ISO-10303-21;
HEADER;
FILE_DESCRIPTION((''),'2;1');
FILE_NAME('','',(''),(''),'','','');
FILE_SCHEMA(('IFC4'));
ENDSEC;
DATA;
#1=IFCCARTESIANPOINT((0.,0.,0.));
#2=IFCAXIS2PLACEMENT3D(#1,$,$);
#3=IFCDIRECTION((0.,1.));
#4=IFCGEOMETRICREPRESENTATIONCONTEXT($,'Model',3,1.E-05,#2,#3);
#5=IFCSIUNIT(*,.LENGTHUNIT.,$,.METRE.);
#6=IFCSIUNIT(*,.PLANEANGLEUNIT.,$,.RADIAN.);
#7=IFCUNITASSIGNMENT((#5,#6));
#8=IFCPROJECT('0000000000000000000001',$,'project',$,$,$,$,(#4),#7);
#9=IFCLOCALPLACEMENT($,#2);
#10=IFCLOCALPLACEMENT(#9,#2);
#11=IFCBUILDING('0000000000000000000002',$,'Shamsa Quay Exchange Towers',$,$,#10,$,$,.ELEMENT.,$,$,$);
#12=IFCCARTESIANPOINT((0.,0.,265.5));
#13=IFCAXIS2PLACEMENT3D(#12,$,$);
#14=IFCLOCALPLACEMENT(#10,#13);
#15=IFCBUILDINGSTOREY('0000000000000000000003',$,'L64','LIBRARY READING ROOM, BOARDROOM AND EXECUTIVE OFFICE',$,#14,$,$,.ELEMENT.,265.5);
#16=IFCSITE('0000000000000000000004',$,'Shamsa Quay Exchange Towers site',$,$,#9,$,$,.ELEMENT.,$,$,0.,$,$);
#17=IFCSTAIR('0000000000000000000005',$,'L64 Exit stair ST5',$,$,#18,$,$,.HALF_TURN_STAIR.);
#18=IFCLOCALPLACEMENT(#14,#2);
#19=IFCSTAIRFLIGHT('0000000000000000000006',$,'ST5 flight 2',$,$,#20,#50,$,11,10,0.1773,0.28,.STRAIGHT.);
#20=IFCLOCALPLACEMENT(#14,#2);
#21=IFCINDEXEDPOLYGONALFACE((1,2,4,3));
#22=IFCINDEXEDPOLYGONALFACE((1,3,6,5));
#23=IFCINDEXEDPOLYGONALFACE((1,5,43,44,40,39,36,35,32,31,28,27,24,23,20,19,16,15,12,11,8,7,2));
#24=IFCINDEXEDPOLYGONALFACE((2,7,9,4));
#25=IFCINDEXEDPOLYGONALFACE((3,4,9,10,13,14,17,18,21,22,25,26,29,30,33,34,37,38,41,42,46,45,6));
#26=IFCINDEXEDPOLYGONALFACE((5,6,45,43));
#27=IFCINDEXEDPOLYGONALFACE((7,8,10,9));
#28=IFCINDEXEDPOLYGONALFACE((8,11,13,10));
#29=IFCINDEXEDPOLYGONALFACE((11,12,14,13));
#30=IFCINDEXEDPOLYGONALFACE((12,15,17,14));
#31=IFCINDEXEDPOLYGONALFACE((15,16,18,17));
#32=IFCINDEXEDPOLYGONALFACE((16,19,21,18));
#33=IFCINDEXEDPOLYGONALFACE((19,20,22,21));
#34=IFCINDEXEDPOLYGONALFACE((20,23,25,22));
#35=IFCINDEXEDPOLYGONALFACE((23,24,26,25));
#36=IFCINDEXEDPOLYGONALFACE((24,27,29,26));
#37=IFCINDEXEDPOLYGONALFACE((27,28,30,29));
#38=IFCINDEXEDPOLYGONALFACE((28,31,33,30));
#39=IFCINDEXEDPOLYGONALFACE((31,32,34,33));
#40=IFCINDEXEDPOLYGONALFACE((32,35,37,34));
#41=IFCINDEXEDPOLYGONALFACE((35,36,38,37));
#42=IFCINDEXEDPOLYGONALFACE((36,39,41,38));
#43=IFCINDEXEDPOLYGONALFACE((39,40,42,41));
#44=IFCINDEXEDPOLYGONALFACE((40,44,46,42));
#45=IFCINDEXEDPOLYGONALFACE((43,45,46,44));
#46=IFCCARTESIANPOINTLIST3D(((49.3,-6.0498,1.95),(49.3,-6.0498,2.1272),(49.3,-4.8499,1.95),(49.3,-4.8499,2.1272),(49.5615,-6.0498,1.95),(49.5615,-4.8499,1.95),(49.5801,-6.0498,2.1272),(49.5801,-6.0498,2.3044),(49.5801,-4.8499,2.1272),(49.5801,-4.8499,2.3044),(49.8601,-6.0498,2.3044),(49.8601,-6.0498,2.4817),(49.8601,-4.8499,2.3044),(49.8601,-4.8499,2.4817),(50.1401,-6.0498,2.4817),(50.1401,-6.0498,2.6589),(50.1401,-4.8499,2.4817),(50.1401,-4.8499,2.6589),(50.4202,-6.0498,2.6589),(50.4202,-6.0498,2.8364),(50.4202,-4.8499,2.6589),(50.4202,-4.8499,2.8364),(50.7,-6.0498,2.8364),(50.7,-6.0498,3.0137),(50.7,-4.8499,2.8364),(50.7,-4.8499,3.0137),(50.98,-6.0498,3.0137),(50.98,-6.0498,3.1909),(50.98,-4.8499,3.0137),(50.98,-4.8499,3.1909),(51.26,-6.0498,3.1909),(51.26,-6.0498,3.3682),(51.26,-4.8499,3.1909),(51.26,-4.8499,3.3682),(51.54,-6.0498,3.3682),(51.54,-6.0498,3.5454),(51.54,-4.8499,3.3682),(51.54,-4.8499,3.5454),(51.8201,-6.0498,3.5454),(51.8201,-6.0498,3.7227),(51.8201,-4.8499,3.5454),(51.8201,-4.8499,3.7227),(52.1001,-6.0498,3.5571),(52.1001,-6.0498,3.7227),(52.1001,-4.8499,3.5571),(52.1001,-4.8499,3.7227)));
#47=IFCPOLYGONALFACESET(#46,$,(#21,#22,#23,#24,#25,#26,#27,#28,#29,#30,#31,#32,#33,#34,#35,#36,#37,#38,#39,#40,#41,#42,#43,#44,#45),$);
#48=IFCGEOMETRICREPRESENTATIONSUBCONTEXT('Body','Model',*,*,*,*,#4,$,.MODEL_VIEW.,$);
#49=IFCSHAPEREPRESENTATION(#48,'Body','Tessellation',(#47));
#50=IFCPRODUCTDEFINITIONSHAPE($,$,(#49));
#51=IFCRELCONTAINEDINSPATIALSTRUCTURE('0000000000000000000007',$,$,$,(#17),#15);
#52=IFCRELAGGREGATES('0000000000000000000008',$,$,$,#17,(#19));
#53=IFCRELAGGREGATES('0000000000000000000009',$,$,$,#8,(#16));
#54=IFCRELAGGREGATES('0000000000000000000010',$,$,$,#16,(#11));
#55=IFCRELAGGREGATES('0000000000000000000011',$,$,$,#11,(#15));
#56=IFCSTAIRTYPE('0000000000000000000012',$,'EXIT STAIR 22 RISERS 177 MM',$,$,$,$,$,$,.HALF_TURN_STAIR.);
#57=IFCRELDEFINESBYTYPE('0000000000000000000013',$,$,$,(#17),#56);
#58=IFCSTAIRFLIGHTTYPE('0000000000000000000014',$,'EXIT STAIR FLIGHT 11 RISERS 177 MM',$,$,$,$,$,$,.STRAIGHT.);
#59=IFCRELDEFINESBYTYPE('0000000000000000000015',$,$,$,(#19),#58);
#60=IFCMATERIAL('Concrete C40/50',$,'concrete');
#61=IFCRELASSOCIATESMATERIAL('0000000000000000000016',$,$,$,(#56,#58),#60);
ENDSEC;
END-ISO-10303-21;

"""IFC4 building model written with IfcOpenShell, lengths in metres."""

from ifc_helpers import new_model, si_unit, direction, frame, origin, place, context, subcontext, project, spatial, polyline, outline, extrude, material, type_object, element, aggregate, save


model = new_model("IFC4")

# Units and contexts
model_context = context("Model", 3, precision=1e-05, world=origin(), true_north=direction((0.0, 1.0)))
body_context = subcontext(model_context, "Body", "Model", "MODEL_VIEW")
ifc_project = project(units=[si_unit("LENGTHUNIT", "METRE"), si_unit("PLANEANGLEUNIT", "RADIAN")], contexts=[model_context])

# Site, building, storey
site_placement = place(None, origin())
site = spatial("IfcSite", under=ifc_project, at=site_placement, Name="Shamsa Quay Exchange Towers site", CompositionType="ELEMENT", RefElevation=0.0)
building_placement = place(site_placement, origin())
building = spatial("IfcBuilding", under=site, at=building_placement, Name="Shamsa Quay Exchange Towers", CompositionType="ELEMENT")
storey_placement = place(building_placement, frame((0.0, 0.0, 265.5)))
storey = spatial("IfcBuildingStorey", under=building, at=storey_placement, Name="L64", Description="LIBRARY READING ROOM, BOARDROOM AND EXECUTIVE OFFICE", CompositionType="ELEMENT", Elevation=265.5)

# Stair, stair flight
ifc_material_1 = material(Name="Concrete C40/50", Category="concrete")
stair_type = type_object("IfcStairType", Name="EXIT STAIR 22 RISERS 177 MM", PredefinedType="HALF_TURN_STAIR", material=ifc_material_1)
stair_placement = place(storey_placement, origin())
stair = element("IfcStair", 1, at=stair_placement, inside=storey, type_object=stair_type, Name="L64 Exit stair ST5", PredefinedType="HALF_TURN_STAIR")
stair_flight_type = type_object("IfcStairFlightType", Name="EXIT STAIR FLIGHT 11 RISERS 177 MM", PredefinedType="STRAIGHT", material=ifc_material_1)
stair_flight_1_placement = place(storey_placement, frame((49.3, -5.45, 1.95)))
stair_flight_1 = element("IfcStairFlight", 2, at=stair_flight_1_placement, type_object=stair_flight_type, Name="ST5 flight 2", NumberOfRisers=11, NumberOfTreads=10, PredefinedType="STRAIGHT", RiserHeight=0.1773, TreadLength=0.28, context=body_context, shape_type="SweptSolid", body=[
    extrude(outline(polyline([(0.0, 0.0), (0.0, 0.1772), (0.28, 0.1772), (0.28, 0.3545), (0.5601, 0.3545), (0.5601, 0.5317), (0.8401, 0.5317), (0.8401, 0.709), (1.1201, 0.709), (1.1201, 0.8865), (1.3999, 0.8865), (1.3999, 1.0637), (1.6799, 1.0637), (1.6799, 1.241), (1.96, 1.241), (1.96, 1.4182), (2.24, 1.4182), (2.24, 1.5955), (2.52, 1.5955), (2.52, 1.7727), (2.8, 1.7727), (2.8, 1.95), (2.8, 1.6072), (0.2615, 0.0), (0.0, 0.0)])), frame((0.0, 0.6001, 0.0), z_axis=(0.0, -1.0, 0.0), x_axis=(1.0, 0.0, 0.0)), (0.0, 0.0, 1.0), 1.2),
])
aggregate(stair, [stair_flight_1])

save(model, "model.ifc")
